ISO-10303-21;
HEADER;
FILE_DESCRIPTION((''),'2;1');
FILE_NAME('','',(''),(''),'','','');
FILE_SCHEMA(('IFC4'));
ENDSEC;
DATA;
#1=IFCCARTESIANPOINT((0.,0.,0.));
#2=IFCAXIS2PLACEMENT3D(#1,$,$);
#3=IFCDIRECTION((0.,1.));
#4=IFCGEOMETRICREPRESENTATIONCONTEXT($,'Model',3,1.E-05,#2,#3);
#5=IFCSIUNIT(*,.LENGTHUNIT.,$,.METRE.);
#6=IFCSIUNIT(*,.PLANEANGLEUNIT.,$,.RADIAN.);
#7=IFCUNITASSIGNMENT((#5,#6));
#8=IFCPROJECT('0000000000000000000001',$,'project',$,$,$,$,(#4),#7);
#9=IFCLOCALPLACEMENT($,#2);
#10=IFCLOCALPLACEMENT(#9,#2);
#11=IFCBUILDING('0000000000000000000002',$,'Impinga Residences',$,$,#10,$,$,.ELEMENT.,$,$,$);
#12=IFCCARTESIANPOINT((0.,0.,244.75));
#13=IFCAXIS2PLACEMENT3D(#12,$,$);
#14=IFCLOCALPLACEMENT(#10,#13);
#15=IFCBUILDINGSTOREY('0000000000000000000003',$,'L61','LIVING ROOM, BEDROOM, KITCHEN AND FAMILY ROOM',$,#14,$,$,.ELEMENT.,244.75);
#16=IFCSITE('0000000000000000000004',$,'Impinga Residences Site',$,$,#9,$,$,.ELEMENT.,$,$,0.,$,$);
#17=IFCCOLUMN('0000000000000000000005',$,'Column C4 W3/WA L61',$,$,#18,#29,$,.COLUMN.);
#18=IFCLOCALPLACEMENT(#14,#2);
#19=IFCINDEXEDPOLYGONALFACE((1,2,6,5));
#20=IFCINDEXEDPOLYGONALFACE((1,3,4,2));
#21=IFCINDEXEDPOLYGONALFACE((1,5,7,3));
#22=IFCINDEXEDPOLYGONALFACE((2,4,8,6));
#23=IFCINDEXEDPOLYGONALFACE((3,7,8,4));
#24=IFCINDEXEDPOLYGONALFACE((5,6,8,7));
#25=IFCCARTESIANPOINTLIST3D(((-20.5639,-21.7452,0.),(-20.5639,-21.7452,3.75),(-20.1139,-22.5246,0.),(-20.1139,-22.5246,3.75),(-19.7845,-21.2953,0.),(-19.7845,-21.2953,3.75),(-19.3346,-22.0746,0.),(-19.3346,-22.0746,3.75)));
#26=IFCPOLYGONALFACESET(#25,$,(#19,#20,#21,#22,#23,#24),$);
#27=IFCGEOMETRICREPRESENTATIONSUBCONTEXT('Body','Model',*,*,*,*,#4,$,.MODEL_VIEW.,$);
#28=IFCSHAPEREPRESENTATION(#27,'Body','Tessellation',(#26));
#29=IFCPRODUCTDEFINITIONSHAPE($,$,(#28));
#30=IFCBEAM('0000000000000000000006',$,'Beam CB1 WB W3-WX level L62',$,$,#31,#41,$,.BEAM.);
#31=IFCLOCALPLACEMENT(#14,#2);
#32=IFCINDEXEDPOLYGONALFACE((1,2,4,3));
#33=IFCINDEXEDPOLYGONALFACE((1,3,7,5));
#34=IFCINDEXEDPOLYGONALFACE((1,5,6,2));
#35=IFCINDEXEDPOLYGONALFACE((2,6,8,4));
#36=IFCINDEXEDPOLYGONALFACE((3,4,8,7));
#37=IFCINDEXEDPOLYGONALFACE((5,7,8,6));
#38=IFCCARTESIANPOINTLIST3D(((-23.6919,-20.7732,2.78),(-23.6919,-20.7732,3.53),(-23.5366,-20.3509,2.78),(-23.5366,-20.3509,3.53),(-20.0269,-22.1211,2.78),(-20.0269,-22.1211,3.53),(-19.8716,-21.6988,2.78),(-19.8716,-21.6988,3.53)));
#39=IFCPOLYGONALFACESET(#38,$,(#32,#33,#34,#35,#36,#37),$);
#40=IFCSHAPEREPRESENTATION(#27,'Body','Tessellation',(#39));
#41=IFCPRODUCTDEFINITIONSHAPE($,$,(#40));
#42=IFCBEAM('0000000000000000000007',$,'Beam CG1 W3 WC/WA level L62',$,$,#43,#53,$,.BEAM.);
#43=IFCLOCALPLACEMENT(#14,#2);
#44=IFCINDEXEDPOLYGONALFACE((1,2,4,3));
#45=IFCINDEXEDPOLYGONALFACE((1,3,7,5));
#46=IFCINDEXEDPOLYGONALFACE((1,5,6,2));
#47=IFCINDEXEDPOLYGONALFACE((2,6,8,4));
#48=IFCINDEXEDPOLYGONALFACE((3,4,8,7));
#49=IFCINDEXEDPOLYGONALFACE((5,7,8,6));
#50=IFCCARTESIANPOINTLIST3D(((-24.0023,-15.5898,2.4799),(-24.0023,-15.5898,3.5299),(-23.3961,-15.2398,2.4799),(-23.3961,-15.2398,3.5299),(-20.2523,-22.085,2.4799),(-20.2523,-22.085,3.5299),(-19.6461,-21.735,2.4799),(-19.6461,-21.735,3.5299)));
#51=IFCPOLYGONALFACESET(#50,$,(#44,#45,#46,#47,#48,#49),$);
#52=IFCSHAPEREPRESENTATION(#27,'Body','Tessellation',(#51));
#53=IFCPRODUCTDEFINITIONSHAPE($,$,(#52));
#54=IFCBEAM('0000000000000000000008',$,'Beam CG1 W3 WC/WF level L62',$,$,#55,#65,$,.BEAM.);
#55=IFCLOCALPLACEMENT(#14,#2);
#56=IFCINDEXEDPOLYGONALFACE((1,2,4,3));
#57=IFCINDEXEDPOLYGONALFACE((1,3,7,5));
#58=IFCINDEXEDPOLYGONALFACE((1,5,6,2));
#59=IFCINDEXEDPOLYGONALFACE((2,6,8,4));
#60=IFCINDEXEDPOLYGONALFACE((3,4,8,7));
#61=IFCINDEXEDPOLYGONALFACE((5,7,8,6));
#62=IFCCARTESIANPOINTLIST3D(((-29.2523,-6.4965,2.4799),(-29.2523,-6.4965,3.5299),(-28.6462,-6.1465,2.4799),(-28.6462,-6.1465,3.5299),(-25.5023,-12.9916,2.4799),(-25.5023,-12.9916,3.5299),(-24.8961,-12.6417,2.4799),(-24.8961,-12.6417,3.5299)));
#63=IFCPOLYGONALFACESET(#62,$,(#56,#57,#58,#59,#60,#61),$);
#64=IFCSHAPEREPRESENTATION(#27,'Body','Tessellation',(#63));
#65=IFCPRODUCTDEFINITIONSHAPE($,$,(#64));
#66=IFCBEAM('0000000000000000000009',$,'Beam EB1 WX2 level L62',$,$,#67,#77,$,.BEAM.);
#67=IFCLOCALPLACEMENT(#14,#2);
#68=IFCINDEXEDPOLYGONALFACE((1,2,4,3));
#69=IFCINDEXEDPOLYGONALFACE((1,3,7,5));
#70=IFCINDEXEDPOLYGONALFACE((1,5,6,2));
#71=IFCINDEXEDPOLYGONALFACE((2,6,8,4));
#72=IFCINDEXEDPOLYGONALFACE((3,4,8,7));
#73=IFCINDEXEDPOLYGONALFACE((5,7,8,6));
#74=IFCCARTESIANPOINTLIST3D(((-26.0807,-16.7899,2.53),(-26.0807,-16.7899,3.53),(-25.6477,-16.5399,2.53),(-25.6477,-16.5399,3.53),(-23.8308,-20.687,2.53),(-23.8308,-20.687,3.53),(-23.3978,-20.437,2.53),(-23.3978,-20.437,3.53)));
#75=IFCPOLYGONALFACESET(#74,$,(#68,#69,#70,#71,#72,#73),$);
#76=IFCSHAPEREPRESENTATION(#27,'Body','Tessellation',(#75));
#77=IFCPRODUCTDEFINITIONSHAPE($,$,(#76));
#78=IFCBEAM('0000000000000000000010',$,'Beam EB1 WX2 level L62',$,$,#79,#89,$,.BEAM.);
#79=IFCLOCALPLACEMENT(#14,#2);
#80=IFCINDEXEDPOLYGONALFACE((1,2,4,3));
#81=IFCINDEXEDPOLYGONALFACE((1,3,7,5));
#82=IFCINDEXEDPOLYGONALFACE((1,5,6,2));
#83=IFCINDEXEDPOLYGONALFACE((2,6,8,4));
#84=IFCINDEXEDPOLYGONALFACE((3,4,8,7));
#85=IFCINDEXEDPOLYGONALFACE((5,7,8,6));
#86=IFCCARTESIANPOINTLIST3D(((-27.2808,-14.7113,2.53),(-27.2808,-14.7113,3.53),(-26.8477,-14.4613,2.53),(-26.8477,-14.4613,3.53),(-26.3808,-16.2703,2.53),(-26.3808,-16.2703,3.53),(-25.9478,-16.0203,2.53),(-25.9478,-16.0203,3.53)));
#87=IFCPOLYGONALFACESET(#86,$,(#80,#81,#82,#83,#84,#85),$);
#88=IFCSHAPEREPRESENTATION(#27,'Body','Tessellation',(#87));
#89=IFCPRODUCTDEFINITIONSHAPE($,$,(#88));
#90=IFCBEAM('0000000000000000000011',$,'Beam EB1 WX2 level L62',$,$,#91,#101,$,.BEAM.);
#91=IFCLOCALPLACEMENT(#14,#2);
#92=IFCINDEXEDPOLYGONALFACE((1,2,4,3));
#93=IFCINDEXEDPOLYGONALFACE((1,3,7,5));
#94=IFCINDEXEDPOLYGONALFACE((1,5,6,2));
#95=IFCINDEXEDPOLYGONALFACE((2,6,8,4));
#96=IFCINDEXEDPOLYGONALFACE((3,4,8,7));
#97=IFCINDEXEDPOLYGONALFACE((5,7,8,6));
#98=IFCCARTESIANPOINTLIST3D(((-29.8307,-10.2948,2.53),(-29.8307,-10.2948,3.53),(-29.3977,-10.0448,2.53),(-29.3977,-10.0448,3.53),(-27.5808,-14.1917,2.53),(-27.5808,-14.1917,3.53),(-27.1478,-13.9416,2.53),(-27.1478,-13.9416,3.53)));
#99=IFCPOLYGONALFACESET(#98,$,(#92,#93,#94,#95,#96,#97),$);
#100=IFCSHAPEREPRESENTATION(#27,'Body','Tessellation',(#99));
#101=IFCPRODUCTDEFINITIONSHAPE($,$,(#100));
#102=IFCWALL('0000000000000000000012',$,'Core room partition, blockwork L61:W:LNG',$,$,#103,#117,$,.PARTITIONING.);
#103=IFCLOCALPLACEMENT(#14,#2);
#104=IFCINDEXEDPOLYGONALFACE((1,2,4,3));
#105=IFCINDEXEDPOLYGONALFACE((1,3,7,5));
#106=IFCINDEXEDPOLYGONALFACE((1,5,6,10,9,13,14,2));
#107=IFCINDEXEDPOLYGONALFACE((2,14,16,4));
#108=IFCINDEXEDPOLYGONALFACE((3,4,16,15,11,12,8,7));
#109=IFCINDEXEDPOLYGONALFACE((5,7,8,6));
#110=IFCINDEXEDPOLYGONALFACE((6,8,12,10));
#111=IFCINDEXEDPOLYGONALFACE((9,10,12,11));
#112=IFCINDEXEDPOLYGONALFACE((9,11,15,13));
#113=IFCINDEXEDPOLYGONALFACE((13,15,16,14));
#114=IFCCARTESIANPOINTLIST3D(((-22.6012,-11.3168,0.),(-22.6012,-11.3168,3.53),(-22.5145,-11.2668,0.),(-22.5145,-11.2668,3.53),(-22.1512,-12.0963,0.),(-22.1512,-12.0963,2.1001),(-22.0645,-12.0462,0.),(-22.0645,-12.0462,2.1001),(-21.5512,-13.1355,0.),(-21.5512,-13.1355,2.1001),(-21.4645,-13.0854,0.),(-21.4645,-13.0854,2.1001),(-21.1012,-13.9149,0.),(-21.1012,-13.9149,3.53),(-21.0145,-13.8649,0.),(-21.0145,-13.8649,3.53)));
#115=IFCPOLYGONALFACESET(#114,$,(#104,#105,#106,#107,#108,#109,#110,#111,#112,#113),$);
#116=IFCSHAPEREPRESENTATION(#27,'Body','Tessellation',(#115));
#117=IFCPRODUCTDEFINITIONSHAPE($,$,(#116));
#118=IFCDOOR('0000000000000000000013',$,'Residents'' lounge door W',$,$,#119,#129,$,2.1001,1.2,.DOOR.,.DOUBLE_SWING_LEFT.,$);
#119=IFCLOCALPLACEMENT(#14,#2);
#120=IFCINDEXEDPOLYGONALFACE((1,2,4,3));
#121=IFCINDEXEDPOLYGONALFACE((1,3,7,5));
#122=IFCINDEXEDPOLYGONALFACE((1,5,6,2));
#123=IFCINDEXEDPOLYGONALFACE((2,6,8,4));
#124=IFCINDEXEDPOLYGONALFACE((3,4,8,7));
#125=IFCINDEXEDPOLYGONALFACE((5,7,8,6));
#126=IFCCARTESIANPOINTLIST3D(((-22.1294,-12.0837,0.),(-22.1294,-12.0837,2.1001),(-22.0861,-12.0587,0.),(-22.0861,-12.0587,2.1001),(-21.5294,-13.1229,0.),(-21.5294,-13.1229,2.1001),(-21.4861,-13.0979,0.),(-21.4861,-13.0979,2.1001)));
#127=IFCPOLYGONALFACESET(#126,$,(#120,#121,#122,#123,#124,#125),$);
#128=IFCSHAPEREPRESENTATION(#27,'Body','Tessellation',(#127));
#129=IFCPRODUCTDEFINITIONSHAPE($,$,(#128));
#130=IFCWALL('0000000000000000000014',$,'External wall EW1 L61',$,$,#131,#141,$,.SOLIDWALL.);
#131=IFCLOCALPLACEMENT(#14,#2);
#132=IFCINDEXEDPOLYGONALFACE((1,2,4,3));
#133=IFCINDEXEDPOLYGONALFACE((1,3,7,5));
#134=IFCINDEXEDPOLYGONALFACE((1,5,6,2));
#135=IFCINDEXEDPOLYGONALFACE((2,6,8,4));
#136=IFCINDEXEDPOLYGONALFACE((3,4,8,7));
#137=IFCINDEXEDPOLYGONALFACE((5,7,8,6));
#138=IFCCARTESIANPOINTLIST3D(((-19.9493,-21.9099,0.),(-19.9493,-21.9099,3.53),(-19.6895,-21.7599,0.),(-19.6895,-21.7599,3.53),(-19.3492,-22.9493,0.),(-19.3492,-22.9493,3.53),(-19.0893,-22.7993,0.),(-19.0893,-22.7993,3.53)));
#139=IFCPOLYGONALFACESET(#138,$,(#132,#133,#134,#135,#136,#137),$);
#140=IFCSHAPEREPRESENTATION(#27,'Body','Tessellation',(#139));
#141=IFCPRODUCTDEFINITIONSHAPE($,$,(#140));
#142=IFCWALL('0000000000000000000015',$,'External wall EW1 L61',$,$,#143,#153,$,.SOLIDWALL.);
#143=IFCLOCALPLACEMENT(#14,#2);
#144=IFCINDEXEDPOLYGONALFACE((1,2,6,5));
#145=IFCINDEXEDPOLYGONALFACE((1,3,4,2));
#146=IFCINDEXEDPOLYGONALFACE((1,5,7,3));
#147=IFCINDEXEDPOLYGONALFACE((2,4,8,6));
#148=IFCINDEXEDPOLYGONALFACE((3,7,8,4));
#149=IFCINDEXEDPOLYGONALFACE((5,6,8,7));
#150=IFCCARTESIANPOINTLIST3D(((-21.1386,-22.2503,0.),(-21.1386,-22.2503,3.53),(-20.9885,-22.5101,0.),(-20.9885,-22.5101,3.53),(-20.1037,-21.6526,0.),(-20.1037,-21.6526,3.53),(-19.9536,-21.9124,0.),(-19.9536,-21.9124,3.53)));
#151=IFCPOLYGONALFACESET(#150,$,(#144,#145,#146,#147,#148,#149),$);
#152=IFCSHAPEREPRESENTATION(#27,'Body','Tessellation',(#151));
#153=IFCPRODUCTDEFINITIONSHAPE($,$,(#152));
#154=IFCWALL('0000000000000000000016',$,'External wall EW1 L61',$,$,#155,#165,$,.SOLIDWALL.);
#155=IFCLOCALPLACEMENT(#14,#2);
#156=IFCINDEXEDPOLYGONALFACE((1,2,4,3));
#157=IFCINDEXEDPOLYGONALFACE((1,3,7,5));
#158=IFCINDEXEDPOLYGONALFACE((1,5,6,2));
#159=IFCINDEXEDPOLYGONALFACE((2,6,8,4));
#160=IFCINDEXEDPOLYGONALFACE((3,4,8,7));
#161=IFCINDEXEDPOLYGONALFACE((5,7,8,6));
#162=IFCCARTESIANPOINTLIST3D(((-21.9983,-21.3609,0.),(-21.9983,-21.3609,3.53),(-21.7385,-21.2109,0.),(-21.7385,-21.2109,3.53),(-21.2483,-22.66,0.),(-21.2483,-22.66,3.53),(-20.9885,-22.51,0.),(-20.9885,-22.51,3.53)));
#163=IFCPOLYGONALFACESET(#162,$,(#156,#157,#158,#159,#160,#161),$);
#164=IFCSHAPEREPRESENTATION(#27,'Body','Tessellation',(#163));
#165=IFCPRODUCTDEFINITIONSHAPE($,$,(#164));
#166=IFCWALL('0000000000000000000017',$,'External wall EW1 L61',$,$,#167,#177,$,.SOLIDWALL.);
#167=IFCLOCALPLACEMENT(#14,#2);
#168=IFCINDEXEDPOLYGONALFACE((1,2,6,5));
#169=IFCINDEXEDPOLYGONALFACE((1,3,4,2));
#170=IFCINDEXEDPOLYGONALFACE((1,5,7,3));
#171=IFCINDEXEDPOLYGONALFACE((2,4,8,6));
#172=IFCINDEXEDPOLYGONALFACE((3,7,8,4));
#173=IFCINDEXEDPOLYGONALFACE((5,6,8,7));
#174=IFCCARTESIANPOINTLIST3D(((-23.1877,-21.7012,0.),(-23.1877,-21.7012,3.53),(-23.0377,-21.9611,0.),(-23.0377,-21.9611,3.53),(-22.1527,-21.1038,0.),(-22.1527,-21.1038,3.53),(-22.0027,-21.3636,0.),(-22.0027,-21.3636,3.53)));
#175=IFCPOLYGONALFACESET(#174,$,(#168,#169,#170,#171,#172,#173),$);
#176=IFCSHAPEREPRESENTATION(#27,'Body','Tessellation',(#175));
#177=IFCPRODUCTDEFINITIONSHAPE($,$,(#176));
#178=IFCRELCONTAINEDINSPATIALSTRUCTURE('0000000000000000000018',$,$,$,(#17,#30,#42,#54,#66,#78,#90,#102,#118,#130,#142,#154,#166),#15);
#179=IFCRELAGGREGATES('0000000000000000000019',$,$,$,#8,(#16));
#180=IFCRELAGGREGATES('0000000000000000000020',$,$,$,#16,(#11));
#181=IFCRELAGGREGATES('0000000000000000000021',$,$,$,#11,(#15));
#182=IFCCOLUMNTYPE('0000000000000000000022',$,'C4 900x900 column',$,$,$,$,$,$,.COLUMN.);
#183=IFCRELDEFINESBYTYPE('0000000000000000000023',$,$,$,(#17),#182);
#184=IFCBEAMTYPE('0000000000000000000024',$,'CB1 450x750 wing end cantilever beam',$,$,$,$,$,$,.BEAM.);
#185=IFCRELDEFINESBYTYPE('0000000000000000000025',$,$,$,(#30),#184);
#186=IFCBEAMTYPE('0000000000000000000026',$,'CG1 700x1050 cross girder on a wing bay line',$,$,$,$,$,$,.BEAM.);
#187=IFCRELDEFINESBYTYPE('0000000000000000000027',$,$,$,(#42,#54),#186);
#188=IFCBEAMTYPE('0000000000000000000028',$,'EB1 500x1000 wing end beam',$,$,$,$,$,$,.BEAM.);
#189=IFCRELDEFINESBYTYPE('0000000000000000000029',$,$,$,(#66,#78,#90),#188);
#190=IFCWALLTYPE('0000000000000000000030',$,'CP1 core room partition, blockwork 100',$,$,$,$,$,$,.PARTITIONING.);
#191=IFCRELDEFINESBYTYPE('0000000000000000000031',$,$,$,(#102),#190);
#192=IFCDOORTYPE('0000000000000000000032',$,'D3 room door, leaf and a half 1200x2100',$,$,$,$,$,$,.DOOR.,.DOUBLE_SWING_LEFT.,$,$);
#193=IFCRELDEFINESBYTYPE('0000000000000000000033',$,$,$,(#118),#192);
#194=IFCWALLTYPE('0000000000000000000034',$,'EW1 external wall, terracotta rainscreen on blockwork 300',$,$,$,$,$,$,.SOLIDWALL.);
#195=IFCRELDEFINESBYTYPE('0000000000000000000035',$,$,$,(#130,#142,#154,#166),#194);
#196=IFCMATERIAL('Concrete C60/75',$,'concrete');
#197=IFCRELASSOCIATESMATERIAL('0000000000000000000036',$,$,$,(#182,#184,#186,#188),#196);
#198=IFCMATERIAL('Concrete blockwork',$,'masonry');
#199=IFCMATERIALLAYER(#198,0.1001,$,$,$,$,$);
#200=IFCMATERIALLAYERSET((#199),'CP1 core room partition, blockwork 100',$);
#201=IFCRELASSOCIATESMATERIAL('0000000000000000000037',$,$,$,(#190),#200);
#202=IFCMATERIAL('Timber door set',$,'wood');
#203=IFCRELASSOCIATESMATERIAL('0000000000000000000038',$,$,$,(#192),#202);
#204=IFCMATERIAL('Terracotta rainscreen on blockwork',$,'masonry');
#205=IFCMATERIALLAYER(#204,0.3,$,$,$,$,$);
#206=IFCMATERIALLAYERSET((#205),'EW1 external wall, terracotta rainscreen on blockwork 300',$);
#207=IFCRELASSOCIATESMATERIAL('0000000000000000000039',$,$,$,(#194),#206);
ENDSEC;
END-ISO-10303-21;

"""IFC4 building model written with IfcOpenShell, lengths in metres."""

from ifc_helpers import new_model, si_unit, direction, frame, frame_2d, origin, origin_2d, place, context, subcontext, project, spatial, rectangle, extrude, material, layer, layer_set, material_profile, profile_set, type_object, element, fill, save


model = new_model("IFC4")

# Units and contexts
model_context = context("Model", 3, precision=1e-05, world=origin(), true_north=direction((0.0, 1.0)))
body_context = subcontext(model_context, "Body", "Model", "MODEL_VIEW")
ifc_project = project(units=[si_unit("LENGTHUNIT", "METRE"), si_unit("PLANEANGLEUNIT", "RADIAN")], contexts=[model_context])

# Site, building, storey
site_placement = place(None, origin())
site = spatial("IfcSite", under=ifc_project, at=site_placement, Name="Impinga Residences Site", CompositionType="ELEMENT", RefElevation=0.0)
building_placement = place(site_placement, origin())
building = spatial("IfcBuilding", under=site, at=building_placement, Name="Impinga Residences", CompositionType="ELEMENT")
storey_placement = place(building_placement, frame((0.0, 0.0, 244.75)))
storey = spatial("IfcBuildingStorey", under=building, at=storey_placement, Name="L61", Description="LIVING ROOM, BEDROOM, KITCHEN AND FAMILY ROOM", CompositionType="ELEMENT", Elevation=244.75)

# Column
ifc_material_1 = material(Name="Concrete C60/75", Category="concrete")
ifc_material_profile_1 = material_profile(ifc_material_1, rectangle(XDim=0.8999, YDim=0.8999, at=origin_2d()), Name="RC 900x900")
ifc_profile_set_1 = profile_set([ifc_material_profile_1], Name="Concrete C60/75")
column_type = type_object("IfcColumnType", Name="C4 900x900 column", PredefinedType="COLUMN", material=ifc_profile_set_1)
column_placement = place(storey_placement, frame((-19.9492, -21.9099, 0.0), z_axis=(0.0, 0.0, 1.0), x_axis=(-0.5, 0.866025, 0.0)))
element("IfcColumn", 1, at=column_placement, inside=storey, type_object=column_type, Name="Column C4 W3/WA L61", PredefinedType="COLUMN", context=body_context, shape_type="SweptSolid", body=[
    extrude(rectangle(XDim=0.8999, YDim=0.8999, at=origin_2d()), origin(), (0.0, 0.0, 1.0), 3.75),
])

# Beams
ifc_material_profile_2 = material_profile(ifc_material_1, rectangle(XDim=0.45, YDim=0.75, at=origin_2d()), Name="RC 450x750")
ifc_profile_set_2 = profile_set([ifc_material_profile_2], Name="Concrete C60/75")
beam_type_1 = type_object("IfcBeamType", Name="CB1 450x750 wing end cantilever beam", PredefinedType="BEAM", material=ifc_profile_set_2)
beam_1_placement = place(storey_placement, frame((-19.9492, -21.9099, 3.155), z_axis=(-0.93854, 0.345169, 0.0), x_axis=(-0.345169, -0.93854, 0.0)))
element("IfcBeam", 2, at=beam_1_placement, inside=storey, type_object=beam_type_1, Name="Beam CB1 WB W3-WX level L62", PredefinedType="BEAM", context=body_context, shape_type="SweptSolid", body=[
    extrude(rectangle(XDim=0.45, YDim=0.75, at=origin_2d()), origin(), (0.0, 0.0, 1.0), 3.905),
])
ifc_material_profile_3 = material_profile(ifc_material_1, rectangle(XDim=0.7, YDim=1.05, at=origin_2d()), Name="RC 700x1050")
ifc_profile_set_3 = profile_set([ifc_material_profile_3], Name="Concrete C60/75")
beam_type_2 = type_object("IfcBeamType", Name="CG1 700x1050 cross girder on a wing bay line", PredefinedType="BEAM", material=ifc_profile_set_3)
for number, where, z_axis, x_axis, name in (
    (3, (-23.6992, -15.4148, 3.0049), (0.500004, -0.866023, 0.0), (0.866023, 0.500004, 0.0), "Beam CG1 W3 WC/WA level L62"),
    (4, (-25.1992, -12.8167, 3.0049), (-0.500004, 0.866023, 0.0), (-0.866023, -0.500004, 0.0), "Beam CG1 W3 WC/WF level L62"),
):
    element("IfcBeam", number, at=place(storey_placement, frame(where, z_axis=z_axis, x_axis=x_axis)), inside=storey, type_object=beam_type_2, Name=name, PredefinedType="BEAM", context=body_context, shape_type="SweptSolid", body=[
        extrude(rectangle(XDim=0.7, YDim=1.05, at=origin_2d()), origin(), (0.0, 0.0, 1.0), 7.5),
    ])
ifc_material_profile_4 = material_profile(ifc_material_1, rectangle(XDim=0.5, YDim=1.0, at=origin_2d()), Name="RC 500x1000")
ifc_profile_set_4 = profile_set([ifc_material_profile_4], Name="Concrete C60/75")
beam_type_3 = type_object("IfcBeamType", Name="EB1 500x1000 wing end beam", PredefinedType="BEAM", material=ifc_profile_set_4)
beam_2_placement = place(storey_placement, frame((-23.6143, -20.562, 3.03), z_axis=(-0.49999, 0.866031, 0.0), x_axis=(-0.866031, -0.49999, 0.0)))
element("IfcBeam", 5, at=beam_2_placement, inside=storey, type_object=beam_type_3, Name="Beam EB1 WX2 level L62", PredefinedType="BEAM", context=body_context, shape_type="SweptSolid", body=[
    extrude(rectangle(XDim=0.5, YDim=1.0, at=origin_2d()), origin(), (0.0, 0.0, 1.0), 4.5),
])
beam_3_placement = place(storey_placement, frame((-26.1643, -16.1453, 3.03), z_axis=(-0.499961, 0.866048, 0.0), x_axis=(-0.866048, -0.499961, 0.0)))
element("IfcBeam", 6, at=beam_3_placement, inside=storey, type_object=beam_type_3, Name="Beam EB1 WX2 level L62", PredefinedType="BEAM", context=body_context, shape_type="SweptSolid", body=[
    extrude(rectangle(XDim=0.5, YDim=1.0, at=origin_2d()), origin(), (0.0, 0.0, 1.0), 1.8),
])
beam_4_placement = place(storey_placement, frame((-27.3643, -14.0667, 3.03), z_axis=(-0.500014, 0.866018, 0.0), x_axis=(-0.866018, -0.500014, 0.0)))
element("IfcBeam", 7, at=beam_4_placement, inside=storey, type_object=beam_type_3, Name="Beam EB1 WX2 level L62", PredefinedType="BEAM", context=body_context, shape_type="SweptSolid", body=[
    extrude(rectangle(XDim=0.5, YDim=1.0, at=origin_2d()), origin(), (0.0, 0.0, 1.0), 4.4998),
])

# Wall, opening, door
ifc_material_2 = material(Name="Concrete blockwork", Category="masonry")
ifc_layer_1 = layer(ifc_material_2, 0.1001)
ifc_layer_set_1 = layer_set([ifc_layer_1], Name="CP1 core room partition, blockwork 100")
wall_type_1 = type_object("IfcWallType", Name="CP1 core room partition, blockwork 100", PredefinedType="PARTITIONING", material=ifc_layer_set_1)
wall_1_placement = place(storey_placement, frame((-21.0579, -13.8899, 0.0), z_axis=(0.0, 0.0, 1.0), x_axis=(-0.49999, 0.866031, 0.0)))
wall_1 = element("IfcWall", 8, at=wall_1_placement, inside=storey, type_object=wall_type_1, Name="Core room partition, blockwork L61:W:LNG", PredefinedType="PARTITIONING", context=body_context, shape_type="SweptSolid", body=[
    extrude(rectangle(XDim=3.0, YDim=0.1001, at=frame_2d((1.5, 0.0))), origin(), (0.0, 0.0, 1.0), 3.53),
])
opening_1_placement = place(wall_1_placement, frame((0.8999, 0.0, 0.0)))
opening_1 = element("IfcOpeningElement", 9, at=opening_1_placement, cuts=wall_1, PredefinedType="OPENING", context=body_context, shape_type="SweptSolid", body=[
    extrude(rectangle(XDim=1.2, YDim=2.1001, at=frame_2d((0.6001, 1.05))), frame((0.0, 0.0601, 0.0), z_axis=(0.0, -1.0, 0.0), x_axis=(1.0, 0.0, 0.0)), (0.0, 0.0, 1.0), 0.1201),
])
ifc_material_3 = material(Name="Timber door set", Category="wood")
door_type = type_object("IfcDoorType", Name="D3 room door, leaf and a half 1200x2100", OperationType="DOUBLE_SWING_LEFT", PredefinedType="DOOR", material=ifc_material_3)
door_placement = place(opening_1_placement, origin())
door = element("IfcDoor", 10, at=door_placement, inside=storey, type_object=door_type, Name="Residents' lounge door W", OperationType="DOUBLE_SWING_LEFT", OverallHeight=2.1001, OverallWidth=1.2, PredefinedType="DOOR", context=body_context, shape_type="SweptSolid", body=[
    extrude(rectangle(XDim=1.2, YDim=2.1001, at=frame_2d((0.6001, 1.05))), frame((0.0, 0.0249, 0.0), z_axis=(0.0, -1.0, 0.0), x_axis=(1.0, 0.0, 0.0)), (0.0, 0.0, 1.0), 0.05),
])
fill(opening_1, door)

# Walls
ifc_material_4 = material(Name="Terracotta rainscreen on blockwork", Category="masonry")
ifc_layer_2 = layer(ifc_material_4, 0.3)
ifc_layer_set_2 = layer_set([ifc_layer_2], Name="EW1 external wall, terracotta rainscreen on blockwork 300")
wall_type_2 = type_object("IfcWallType", Name="EW1 external wall, terracotta rainscreen on blockwork 300", PredefinedType="SOLIDWALL", material=ifc_layer_set_2)
wall_2_placement = place(storey_placement, frame((-19.2192, -22.8743, 0.0), z_axis=(0.0, 0.0, 1.0), x_axis=(-0.500034, 0.866006, 0.0)))
element("IfcWall", 11, at=wall_2_placement, inside=storey, type_object=wall_type_2, Name="External wall EW1 L61", PredefinedType="SOLIDWALL", context=body_context, shape_type="SweptSolid", body=[
    extrude(rectangle(XDim=1.2002, YDim=0.3, at=frame_2d((0.6001, 0.0))), origin(), (0.0, 0.0, 1.0), 3.53),
])
wall_3_placement = place(storey_placement, frame((-20.0286, -21.7825, 0.0), z_axis=(0.0, 0.0, 1.0), x_axis=(-0.865971, -0.500094, 0.0)))
element("IfcWall", 12, at=wall_3_placement, inside=storey, type_object=wall_type_2, Name="External wall EW1 L61", PredefinedType="SOLIDWALL", context=body_context, shape_type="SweptSolid", body=[
    extrude(rectangle(XDim=1.1951, YDim=0.3, at=frame_2d((0.5977, 0.0))), origin(), (0.0, 0.0, 1.0), 3.53),
])
wall_4_placement = place(storey_placement, frame((-21.1184, -22.585, 0.0), z_axis=(0.0, 0.0, 1.0), x_axis=(-0.49999, 0.866031, 0.0)))
element("IfcWall", 13, at=wall_4_placement, inside=storey, type_object=wall_type_2, Name="External wall EW1 L61", PredefinedType="SOLIDWALL", context=body_context, shape_type="SweptSolid", body=[
    extrude(rectangle(XDim=1.5, YDim=0.3, at=frame_2d((0.75, 0.0))), origin(), (0.0, 0.0, 1.0), 3.53),
])
wall_5_placement = place(storey_placement, frame((-22.0776, -21.2336, 0.0), z_axis=(0.0, 0.0, 1.0), x_axis=(-0.86606, -0.499941, 0.0)))
element("IfcWall", 14, at=wall_5_placement, inside=storey, type_object=wall_type_2, Name="External wall EW1 L61", PredefinedType="SOLIDWALL", context=body_context, shape_type="SweptSolid", body=[
    extrude(rectangle(XDim=1.1951, YDim=0.3, at=frame_2d((0.5977, 0.0))), origin(), (0.0, 0.0, 1.0), 3.53),
])

save(model, "model.ifc")
